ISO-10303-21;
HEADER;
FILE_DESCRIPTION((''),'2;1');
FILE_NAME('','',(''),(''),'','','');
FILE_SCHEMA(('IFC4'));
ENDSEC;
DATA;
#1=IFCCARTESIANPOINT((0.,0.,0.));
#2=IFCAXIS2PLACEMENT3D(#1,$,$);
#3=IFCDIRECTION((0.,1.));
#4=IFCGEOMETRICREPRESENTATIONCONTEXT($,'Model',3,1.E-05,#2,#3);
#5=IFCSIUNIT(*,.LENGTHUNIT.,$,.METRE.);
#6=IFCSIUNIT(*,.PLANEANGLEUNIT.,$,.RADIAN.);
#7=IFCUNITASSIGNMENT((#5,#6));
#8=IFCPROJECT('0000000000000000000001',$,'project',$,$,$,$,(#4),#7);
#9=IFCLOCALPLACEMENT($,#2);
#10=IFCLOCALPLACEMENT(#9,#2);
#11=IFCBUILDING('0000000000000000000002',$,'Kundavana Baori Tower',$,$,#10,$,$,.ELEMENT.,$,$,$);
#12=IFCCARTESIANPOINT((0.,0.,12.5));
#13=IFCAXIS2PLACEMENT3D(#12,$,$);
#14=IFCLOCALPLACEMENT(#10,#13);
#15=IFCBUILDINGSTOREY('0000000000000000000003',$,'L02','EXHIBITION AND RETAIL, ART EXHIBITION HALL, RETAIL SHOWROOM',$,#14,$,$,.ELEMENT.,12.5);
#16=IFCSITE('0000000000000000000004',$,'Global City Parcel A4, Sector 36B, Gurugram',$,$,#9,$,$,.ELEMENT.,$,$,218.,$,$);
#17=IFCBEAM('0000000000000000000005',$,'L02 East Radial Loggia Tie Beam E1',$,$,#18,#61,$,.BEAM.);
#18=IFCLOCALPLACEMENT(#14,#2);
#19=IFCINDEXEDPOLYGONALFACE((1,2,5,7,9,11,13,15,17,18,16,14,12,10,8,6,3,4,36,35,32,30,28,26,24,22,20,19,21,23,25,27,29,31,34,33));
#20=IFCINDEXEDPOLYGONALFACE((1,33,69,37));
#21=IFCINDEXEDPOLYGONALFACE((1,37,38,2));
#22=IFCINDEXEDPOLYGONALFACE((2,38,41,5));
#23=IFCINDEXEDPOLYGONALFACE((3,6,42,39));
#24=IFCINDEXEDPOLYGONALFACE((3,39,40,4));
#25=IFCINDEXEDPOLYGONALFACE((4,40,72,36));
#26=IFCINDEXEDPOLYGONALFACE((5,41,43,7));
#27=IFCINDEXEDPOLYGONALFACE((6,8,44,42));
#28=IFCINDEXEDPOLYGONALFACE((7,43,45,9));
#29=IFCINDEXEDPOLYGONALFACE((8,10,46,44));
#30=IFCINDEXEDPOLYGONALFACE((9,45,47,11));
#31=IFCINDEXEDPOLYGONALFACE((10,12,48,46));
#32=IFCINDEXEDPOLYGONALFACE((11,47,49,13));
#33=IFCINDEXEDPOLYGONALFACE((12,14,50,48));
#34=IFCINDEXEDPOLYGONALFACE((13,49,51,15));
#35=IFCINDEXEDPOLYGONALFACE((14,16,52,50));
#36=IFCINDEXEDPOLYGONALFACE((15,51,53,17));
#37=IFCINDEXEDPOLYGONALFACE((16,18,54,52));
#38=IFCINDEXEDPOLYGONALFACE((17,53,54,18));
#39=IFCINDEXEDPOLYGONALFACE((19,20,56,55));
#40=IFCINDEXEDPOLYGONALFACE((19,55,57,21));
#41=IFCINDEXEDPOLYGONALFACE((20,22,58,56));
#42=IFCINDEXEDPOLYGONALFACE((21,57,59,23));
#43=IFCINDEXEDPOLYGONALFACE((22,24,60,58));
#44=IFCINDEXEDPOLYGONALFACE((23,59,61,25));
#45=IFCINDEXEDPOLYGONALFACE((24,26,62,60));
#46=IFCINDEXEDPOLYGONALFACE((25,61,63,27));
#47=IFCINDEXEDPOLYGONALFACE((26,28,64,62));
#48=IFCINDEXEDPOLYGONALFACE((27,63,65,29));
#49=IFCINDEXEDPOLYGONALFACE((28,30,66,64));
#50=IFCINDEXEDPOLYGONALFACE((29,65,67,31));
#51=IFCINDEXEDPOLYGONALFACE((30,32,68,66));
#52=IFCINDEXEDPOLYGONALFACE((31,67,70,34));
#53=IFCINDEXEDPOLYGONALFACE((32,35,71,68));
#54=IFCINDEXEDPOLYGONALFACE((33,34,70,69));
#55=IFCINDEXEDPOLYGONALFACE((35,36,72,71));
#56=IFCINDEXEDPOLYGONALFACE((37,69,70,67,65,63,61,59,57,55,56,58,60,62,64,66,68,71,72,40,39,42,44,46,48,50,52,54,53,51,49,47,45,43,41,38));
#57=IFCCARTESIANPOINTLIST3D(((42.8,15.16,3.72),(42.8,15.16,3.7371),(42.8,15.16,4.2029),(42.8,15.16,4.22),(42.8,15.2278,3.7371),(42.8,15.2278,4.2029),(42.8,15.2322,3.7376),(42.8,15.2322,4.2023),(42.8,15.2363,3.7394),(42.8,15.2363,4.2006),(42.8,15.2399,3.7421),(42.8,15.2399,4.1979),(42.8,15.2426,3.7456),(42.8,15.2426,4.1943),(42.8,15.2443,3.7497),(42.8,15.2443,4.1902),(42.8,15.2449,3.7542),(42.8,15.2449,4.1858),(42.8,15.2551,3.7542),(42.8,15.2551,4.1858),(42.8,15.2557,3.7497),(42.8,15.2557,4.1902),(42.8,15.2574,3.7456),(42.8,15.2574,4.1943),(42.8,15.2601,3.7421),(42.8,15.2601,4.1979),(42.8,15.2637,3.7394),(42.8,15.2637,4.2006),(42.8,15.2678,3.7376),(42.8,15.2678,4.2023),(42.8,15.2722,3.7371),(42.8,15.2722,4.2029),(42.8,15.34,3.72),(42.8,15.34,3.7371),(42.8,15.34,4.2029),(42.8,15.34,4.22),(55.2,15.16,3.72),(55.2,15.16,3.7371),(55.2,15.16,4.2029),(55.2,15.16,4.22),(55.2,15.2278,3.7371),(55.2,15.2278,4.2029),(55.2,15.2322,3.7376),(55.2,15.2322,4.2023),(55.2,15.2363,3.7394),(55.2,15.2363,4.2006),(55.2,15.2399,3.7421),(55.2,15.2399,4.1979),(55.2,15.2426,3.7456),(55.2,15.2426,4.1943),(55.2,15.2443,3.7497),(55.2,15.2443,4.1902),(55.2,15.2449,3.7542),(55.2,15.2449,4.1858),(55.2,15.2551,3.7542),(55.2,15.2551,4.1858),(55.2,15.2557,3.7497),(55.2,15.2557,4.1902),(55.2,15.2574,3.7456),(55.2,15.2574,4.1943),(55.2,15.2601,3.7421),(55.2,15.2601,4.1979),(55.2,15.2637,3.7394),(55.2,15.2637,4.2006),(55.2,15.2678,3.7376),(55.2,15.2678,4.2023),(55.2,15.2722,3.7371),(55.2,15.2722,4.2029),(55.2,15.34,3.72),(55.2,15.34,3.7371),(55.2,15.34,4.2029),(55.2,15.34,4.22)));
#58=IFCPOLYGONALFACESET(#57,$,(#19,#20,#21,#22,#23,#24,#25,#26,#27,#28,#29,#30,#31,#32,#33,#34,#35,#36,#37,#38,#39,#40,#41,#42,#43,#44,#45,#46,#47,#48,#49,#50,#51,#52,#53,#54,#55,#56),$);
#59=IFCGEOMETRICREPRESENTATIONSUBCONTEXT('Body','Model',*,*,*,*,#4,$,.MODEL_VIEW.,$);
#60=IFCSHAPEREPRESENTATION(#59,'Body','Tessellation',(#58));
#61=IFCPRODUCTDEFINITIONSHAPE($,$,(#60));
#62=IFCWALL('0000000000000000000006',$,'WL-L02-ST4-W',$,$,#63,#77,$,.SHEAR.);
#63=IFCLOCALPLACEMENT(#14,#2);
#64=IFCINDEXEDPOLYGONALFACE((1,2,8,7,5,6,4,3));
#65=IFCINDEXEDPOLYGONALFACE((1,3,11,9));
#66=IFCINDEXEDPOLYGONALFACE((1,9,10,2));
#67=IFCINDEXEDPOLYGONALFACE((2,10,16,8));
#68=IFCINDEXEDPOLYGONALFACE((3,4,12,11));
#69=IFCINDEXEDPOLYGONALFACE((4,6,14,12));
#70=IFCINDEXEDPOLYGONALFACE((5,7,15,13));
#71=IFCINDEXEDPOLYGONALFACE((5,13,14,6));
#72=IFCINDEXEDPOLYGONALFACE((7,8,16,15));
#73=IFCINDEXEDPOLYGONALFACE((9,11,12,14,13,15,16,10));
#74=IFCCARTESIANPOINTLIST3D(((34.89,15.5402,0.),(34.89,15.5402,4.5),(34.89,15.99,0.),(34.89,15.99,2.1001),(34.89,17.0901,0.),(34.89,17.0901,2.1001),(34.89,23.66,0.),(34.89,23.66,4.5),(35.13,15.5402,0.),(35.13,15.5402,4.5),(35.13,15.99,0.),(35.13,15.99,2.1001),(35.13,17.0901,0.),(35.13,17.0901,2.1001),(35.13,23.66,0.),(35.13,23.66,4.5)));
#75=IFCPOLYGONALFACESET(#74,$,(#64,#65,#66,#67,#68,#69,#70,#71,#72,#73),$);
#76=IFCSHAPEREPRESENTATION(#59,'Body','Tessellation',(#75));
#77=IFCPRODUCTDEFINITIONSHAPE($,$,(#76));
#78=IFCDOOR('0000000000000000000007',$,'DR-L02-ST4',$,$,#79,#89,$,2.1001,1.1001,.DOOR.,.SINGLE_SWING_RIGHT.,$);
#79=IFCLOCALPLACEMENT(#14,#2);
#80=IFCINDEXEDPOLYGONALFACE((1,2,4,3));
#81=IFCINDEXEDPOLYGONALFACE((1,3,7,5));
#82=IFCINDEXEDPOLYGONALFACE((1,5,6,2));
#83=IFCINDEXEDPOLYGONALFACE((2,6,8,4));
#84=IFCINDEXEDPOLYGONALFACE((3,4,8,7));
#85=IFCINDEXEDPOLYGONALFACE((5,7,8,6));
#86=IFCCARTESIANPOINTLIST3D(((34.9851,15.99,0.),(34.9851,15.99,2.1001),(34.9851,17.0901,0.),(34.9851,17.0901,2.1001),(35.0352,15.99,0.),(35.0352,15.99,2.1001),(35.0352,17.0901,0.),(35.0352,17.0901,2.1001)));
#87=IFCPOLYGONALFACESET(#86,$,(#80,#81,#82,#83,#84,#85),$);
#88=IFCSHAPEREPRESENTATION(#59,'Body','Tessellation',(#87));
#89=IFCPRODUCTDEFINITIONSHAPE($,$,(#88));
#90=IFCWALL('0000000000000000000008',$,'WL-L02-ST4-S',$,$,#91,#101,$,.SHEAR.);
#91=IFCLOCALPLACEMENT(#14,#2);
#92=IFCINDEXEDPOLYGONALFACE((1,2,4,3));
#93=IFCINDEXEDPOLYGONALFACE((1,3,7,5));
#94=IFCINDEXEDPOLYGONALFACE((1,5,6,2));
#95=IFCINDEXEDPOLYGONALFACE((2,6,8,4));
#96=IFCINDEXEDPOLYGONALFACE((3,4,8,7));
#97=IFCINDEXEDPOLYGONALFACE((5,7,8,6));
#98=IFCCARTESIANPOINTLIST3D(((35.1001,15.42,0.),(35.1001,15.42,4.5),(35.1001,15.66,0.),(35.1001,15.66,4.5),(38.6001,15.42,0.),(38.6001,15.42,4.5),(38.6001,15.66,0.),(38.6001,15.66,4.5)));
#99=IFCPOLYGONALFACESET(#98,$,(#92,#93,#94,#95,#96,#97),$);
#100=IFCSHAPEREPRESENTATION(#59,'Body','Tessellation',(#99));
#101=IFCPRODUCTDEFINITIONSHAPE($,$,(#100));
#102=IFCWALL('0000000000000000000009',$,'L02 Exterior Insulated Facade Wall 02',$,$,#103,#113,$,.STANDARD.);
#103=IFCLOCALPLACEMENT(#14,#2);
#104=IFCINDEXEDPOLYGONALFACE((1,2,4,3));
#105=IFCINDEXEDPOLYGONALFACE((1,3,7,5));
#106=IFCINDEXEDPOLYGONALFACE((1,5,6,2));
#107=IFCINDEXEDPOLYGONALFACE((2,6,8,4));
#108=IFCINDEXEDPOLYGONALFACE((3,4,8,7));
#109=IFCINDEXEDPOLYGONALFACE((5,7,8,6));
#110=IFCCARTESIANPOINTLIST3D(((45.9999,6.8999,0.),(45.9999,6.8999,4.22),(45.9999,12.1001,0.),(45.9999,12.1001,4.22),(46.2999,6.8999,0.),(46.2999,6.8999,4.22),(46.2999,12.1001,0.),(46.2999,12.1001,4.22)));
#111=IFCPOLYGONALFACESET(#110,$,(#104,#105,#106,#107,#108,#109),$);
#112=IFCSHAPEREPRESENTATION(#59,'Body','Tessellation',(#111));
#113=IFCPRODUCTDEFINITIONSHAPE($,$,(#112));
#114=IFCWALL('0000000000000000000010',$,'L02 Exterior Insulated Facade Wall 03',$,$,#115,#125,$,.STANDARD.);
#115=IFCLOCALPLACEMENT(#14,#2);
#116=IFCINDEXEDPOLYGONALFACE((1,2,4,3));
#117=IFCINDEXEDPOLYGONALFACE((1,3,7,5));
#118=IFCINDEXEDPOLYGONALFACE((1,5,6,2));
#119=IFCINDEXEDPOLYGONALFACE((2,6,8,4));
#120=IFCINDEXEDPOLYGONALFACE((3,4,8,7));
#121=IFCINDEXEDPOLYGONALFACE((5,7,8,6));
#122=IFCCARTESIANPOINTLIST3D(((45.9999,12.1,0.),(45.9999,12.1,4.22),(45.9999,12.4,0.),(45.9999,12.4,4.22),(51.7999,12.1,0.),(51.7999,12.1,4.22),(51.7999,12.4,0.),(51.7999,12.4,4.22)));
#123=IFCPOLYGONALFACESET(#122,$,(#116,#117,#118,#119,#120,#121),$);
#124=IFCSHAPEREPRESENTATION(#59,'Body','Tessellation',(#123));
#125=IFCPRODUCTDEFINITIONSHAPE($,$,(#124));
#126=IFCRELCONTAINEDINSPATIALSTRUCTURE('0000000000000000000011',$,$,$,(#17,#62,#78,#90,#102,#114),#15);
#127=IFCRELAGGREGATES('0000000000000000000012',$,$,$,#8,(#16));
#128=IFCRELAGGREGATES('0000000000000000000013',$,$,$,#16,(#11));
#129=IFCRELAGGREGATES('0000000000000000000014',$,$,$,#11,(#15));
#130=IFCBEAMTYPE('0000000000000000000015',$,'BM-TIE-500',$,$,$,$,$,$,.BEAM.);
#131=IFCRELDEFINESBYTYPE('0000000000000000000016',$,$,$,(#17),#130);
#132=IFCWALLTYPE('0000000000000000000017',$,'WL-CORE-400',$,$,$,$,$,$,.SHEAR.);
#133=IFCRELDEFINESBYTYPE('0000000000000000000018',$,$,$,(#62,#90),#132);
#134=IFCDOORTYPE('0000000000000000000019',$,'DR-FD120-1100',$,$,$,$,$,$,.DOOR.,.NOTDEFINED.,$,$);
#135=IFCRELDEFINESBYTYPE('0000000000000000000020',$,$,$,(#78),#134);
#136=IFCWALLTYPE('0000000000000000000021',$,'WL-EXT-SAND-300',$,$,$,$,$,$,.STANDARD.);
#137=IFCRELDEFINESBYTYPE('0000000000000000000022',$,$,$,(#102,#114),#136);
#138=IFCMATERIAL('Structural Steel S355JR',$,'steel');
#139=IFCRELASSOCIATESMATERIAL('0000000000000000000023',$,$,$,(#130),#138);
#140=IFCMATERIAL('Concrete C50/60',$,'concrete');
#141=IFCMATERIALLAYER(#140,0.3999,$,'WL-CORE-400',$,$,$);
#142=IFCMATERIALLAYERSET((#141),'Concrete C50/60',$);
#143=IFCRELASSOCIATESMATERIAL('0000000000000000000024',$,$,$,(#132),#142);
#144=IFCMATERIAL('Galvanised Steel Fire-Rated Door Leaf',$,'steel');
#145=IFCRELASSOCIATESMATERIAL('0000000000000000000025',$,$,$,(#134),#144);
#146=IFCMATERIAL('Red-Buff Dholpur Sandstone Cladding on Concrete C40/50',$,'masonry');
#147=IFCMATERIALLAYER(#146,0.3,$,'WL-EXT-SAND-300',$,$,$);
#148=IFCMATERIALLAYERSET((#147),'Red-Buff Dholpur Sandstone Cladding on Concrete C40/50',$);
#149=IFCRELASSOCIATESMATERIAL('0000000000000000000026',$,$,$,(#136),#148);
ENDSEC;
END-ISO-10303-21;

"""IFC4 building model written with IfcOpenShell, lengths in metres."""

from ifc_helpers import new_model, si_unit, direction, frame, frame_2d, origin, origin_2d, place, context, subcontext, project, spatial, rectangle, i_section, extrude, material, layer, layer_set, material_profile, profile_set, type_object, element, fill, save


model = new_model("IFC4")

# Units and contexts
model_context = context("Model", 3, precision=1e-05, world=origin(), true_north=direction((0.0, 1.0)))
body_context = subcontext(model_context, "Body", "Model", "MODEL_VIEW")
ifc_project = project(units=[si_unit("LENGTHUNIT", "METRE"), si_unit("PLANEANGLEUNIT", "RADIAN")], contexts=[model_context])

# Site, building, storey
site_placement = place(None, origin())
site = spatial("IfcSite", under=ifc_project, at=site_placement, Name="Global City Parcel A4, Sector 36B, Gurugram", CompositionType="ELEMENT", RefElevation=218.0)
building_placement = place(site_placement, origin())
building = spatial("IfcBuilding", under=site, at=building_placement, Name="Kundavana Baori Tower", CompositionType="ELEMENT")
storey_placement = place(building_placement, frame((0.0, 0.0, 12.5)))
storey = spatial("IfcBuildingStorey", under=building, at=storey_placement, Name="L02", Description="EXHIBITION AND RETAIL, ART EXHIBITION HALL, RETAIL SHOWROOM", CompositionType="ELEMENT", Elevation=12.5)

# Beam
ifc_material_1 = material(Name="Structural Steel S355JR", Category="steel")
ifc_material_profile_1 = material_profile(ifc_material_1, i_section(OverallWidth=0.1799, OverallDepth=0.5, WebThickness=0.0103, FlangeThickness=0.0171, FilletRadius=0.0171, at=origin_2d()), Name="ISMB 500")
ifc_profile_set_1 = profile_set([ifc_material_profile_1], Name="Structural Steel S355JR")
beam_type_1 = type_object("IfcBeamType", Name="BM-TIE-500", PredefinedType="BEAM", material=ifc_profile_set_1)
beam_1_placement = place(storey_placement, frame((42.8, 15.25, 3.97), z_axis=(1.0, 0.0, 0.0), x_axis=(0.0, 1.0, 0.0)))
element("IfcBeam", 1, at=beam_1_placement, inside=storey, type_object=beam_type_1, Name="L02 East Radial Loggia Tie Beam E1", PredefinedType="BEAM", context=body_context, shape_type="SweptSolid", body=[
    extrude(i_section(OverallWidth=0.1799, OverallDepth=0.5, WebThickness=0.0103, FlangeThickness=0.0171, FilletRadius=0.0171, at=origin_2d()), origin(), (0.0, 0.0, 1.0), 12.3999),
])

# Wall, opening, door
ifc_material_2 = material(Name="Concrete C50/60", Category="concrete")
ifc_layer_1 = layer(ifc_material_2, 0.3999, Name="WL-CORE-400")
ifc_layer_set_1 = layer_set([ifc_layer_1], Name="Concrete C50/60")
wall_type_1 = type_object("IfcWallType", Name="WL-CORE-400", PredefinedType="SHEAR", material=ifc_layer_set_1)
wall_1_placement = place(storey_placement, frame((35.01, 15.54, 0.0), z_axis=(0.0, 0.0, 1.0), x_axis=(0.0, 1.0, 0.0)))
wall_1 = element("IfcWall", 2, at=wall_1_placement, inside=storey, type_object=wall_type_1, Name="WL-L02-ST4-W", PredefinedType="SHEAR", context=body_context, shape_type="SweptSolid", body=[
    extrude(rectangle(XDim=8.1199, YDim=0.24, at=frame_2d((4.0601, 0.0))), origin(), (0.0, 0.0, 1.0), 4.5),
])
opening_1_placement = place(wall_1_placement, frame((0.45, 0.0, 0.0)))
opening_1 = element("IfcOpeningElement", 3, at=opening_1_placement, cuts=wall_1, PredefinedType="OPENING", context=body_context, shape_type="SweptSolid", body=[
    extrude(rectangle(XDim=1.1001, YDim=2.1001, at=frame_2d((0.55, 1.05))), frame((0.0, 0.1299, 0.0), z_axis=(0.0, -1.0, 0.0), x_axis=(1.0, 0.0, 0.0)), (0.0, 0.0, 1.0), 0.26),
])
ifc_material_3 = material(Name="Galvanised Steel Fire-Rated Door Leaf", Category="steel")
door_type_1 = type_object("IfcDoorType", Name="DR-FD120-1100", OperationType="NOTDEFINED", PredefinedType="DOOR", material=ifc_material_3)
door_1_placement = place(opening_1_placement, origin())
door_1 = element("IfcDoor", 4, at=door_1_placement, inside=storey, type_object=door_type_1, Name="DR-L02-ST4", OperationType="SINGLE_SWING_RIGHT", OverallHeight=2.1001, OverallWidth=1.1001, PredefinedType="DOOR", context=body_context, shape_type="SweptSolid", body=[
    extrude(rectangle(XDim=1.1001, YDim=2.1001, at=frame_2d((0.55, 1.05))), frame((0.0, 0.0249, 0.0), z_axis=(0.0, -1.0, 0.0), x_axis=(1.0, 0.0, 0.0)), (0.0, 0.0, 1.0), 0.05),
])
fill(opening_1, door_1)

# Walls
wall_2_placement = place(storey_placement, frame((35.1001, 15.54, 0.0), z_axis=(0.0, 0.0, 1.0), x_axis=(1.0, 0.0, 0.0)))
element("IfcWall", 5, at=wall_2_placement, inside=storey, type_object=wall_type_1, Name="WL-L02-ST4-S", PredefinedType="SHEAR", context=body_context, shape_type="SweptSolid", body=[
    extrude(rectangle(XDim=3.5, YDim=0.24, at=frame_2d((1.75, 0.0))), origin(), (0.0, 0.0, 1.0), 4.5),
])
ifc_material_4 = material(Name="Red-Buff Dholpur Sandstone Cladding on Concrete C40/50", Category="masonry")
ifc_layer_2 = layer(ifc_material_4, 0.3, Name="WL-EXT-SAND-300")
ifc_layer_set_2 = layer_set([ifc_layer_2], Name="Red-Buff Dholpur Sandstone Cladding on Concrete C40/50")
wall_type_2 = type_object("IfcWallType", Name="WL-EXT-SAND-300", PredefinedType="STANDARD", material=ifc_layer_set_2)
wall_3_placement = place(storey_placement, frame((46.1499, 6.8999, 0.0), z_axis=(0.0, 0.0, 1.0), x_axis=(0.0, 1.0, 0.0)))
element("IfcWall", 6, at=wall_3_placement, inside=storey, type_object=wall_type_2, Name="L02 Exterior Insulated Facade Wall 02", PredefinedType="STANDARD", context=body_context, shape_type="SweptSolid", body=[
    extrude(rectangle(XDim=5.2002, YDim=0.3, at=frame_2d((2.6001, 0.0))), origin(), (0.0, 0.0, 1.0), 4.22),
])
wall_4_placement = place(storey_placement, frame((46.0, 12.25, 0.0), z_axis=(0.0, 0.0, 1.0), x_axis=(1.0, 0.0, 0.0)))
element("IfcWall", 7, at=wall_4_placement, inside=storey, type_object=wall_type_2, Name="L02 Exterior Insulated Facade Wall 03", PredefinedType="STANDARD", context=body_context, shape_type="SweptSolid", body=[
    extrude(rectangle(XDim=5.8, YDim=0.3, at=frame_2d((2.8999, 0.0))), origin(), (0.0, 0.0, 1.0), 4.22),
])

save(model, "model.ifc")
